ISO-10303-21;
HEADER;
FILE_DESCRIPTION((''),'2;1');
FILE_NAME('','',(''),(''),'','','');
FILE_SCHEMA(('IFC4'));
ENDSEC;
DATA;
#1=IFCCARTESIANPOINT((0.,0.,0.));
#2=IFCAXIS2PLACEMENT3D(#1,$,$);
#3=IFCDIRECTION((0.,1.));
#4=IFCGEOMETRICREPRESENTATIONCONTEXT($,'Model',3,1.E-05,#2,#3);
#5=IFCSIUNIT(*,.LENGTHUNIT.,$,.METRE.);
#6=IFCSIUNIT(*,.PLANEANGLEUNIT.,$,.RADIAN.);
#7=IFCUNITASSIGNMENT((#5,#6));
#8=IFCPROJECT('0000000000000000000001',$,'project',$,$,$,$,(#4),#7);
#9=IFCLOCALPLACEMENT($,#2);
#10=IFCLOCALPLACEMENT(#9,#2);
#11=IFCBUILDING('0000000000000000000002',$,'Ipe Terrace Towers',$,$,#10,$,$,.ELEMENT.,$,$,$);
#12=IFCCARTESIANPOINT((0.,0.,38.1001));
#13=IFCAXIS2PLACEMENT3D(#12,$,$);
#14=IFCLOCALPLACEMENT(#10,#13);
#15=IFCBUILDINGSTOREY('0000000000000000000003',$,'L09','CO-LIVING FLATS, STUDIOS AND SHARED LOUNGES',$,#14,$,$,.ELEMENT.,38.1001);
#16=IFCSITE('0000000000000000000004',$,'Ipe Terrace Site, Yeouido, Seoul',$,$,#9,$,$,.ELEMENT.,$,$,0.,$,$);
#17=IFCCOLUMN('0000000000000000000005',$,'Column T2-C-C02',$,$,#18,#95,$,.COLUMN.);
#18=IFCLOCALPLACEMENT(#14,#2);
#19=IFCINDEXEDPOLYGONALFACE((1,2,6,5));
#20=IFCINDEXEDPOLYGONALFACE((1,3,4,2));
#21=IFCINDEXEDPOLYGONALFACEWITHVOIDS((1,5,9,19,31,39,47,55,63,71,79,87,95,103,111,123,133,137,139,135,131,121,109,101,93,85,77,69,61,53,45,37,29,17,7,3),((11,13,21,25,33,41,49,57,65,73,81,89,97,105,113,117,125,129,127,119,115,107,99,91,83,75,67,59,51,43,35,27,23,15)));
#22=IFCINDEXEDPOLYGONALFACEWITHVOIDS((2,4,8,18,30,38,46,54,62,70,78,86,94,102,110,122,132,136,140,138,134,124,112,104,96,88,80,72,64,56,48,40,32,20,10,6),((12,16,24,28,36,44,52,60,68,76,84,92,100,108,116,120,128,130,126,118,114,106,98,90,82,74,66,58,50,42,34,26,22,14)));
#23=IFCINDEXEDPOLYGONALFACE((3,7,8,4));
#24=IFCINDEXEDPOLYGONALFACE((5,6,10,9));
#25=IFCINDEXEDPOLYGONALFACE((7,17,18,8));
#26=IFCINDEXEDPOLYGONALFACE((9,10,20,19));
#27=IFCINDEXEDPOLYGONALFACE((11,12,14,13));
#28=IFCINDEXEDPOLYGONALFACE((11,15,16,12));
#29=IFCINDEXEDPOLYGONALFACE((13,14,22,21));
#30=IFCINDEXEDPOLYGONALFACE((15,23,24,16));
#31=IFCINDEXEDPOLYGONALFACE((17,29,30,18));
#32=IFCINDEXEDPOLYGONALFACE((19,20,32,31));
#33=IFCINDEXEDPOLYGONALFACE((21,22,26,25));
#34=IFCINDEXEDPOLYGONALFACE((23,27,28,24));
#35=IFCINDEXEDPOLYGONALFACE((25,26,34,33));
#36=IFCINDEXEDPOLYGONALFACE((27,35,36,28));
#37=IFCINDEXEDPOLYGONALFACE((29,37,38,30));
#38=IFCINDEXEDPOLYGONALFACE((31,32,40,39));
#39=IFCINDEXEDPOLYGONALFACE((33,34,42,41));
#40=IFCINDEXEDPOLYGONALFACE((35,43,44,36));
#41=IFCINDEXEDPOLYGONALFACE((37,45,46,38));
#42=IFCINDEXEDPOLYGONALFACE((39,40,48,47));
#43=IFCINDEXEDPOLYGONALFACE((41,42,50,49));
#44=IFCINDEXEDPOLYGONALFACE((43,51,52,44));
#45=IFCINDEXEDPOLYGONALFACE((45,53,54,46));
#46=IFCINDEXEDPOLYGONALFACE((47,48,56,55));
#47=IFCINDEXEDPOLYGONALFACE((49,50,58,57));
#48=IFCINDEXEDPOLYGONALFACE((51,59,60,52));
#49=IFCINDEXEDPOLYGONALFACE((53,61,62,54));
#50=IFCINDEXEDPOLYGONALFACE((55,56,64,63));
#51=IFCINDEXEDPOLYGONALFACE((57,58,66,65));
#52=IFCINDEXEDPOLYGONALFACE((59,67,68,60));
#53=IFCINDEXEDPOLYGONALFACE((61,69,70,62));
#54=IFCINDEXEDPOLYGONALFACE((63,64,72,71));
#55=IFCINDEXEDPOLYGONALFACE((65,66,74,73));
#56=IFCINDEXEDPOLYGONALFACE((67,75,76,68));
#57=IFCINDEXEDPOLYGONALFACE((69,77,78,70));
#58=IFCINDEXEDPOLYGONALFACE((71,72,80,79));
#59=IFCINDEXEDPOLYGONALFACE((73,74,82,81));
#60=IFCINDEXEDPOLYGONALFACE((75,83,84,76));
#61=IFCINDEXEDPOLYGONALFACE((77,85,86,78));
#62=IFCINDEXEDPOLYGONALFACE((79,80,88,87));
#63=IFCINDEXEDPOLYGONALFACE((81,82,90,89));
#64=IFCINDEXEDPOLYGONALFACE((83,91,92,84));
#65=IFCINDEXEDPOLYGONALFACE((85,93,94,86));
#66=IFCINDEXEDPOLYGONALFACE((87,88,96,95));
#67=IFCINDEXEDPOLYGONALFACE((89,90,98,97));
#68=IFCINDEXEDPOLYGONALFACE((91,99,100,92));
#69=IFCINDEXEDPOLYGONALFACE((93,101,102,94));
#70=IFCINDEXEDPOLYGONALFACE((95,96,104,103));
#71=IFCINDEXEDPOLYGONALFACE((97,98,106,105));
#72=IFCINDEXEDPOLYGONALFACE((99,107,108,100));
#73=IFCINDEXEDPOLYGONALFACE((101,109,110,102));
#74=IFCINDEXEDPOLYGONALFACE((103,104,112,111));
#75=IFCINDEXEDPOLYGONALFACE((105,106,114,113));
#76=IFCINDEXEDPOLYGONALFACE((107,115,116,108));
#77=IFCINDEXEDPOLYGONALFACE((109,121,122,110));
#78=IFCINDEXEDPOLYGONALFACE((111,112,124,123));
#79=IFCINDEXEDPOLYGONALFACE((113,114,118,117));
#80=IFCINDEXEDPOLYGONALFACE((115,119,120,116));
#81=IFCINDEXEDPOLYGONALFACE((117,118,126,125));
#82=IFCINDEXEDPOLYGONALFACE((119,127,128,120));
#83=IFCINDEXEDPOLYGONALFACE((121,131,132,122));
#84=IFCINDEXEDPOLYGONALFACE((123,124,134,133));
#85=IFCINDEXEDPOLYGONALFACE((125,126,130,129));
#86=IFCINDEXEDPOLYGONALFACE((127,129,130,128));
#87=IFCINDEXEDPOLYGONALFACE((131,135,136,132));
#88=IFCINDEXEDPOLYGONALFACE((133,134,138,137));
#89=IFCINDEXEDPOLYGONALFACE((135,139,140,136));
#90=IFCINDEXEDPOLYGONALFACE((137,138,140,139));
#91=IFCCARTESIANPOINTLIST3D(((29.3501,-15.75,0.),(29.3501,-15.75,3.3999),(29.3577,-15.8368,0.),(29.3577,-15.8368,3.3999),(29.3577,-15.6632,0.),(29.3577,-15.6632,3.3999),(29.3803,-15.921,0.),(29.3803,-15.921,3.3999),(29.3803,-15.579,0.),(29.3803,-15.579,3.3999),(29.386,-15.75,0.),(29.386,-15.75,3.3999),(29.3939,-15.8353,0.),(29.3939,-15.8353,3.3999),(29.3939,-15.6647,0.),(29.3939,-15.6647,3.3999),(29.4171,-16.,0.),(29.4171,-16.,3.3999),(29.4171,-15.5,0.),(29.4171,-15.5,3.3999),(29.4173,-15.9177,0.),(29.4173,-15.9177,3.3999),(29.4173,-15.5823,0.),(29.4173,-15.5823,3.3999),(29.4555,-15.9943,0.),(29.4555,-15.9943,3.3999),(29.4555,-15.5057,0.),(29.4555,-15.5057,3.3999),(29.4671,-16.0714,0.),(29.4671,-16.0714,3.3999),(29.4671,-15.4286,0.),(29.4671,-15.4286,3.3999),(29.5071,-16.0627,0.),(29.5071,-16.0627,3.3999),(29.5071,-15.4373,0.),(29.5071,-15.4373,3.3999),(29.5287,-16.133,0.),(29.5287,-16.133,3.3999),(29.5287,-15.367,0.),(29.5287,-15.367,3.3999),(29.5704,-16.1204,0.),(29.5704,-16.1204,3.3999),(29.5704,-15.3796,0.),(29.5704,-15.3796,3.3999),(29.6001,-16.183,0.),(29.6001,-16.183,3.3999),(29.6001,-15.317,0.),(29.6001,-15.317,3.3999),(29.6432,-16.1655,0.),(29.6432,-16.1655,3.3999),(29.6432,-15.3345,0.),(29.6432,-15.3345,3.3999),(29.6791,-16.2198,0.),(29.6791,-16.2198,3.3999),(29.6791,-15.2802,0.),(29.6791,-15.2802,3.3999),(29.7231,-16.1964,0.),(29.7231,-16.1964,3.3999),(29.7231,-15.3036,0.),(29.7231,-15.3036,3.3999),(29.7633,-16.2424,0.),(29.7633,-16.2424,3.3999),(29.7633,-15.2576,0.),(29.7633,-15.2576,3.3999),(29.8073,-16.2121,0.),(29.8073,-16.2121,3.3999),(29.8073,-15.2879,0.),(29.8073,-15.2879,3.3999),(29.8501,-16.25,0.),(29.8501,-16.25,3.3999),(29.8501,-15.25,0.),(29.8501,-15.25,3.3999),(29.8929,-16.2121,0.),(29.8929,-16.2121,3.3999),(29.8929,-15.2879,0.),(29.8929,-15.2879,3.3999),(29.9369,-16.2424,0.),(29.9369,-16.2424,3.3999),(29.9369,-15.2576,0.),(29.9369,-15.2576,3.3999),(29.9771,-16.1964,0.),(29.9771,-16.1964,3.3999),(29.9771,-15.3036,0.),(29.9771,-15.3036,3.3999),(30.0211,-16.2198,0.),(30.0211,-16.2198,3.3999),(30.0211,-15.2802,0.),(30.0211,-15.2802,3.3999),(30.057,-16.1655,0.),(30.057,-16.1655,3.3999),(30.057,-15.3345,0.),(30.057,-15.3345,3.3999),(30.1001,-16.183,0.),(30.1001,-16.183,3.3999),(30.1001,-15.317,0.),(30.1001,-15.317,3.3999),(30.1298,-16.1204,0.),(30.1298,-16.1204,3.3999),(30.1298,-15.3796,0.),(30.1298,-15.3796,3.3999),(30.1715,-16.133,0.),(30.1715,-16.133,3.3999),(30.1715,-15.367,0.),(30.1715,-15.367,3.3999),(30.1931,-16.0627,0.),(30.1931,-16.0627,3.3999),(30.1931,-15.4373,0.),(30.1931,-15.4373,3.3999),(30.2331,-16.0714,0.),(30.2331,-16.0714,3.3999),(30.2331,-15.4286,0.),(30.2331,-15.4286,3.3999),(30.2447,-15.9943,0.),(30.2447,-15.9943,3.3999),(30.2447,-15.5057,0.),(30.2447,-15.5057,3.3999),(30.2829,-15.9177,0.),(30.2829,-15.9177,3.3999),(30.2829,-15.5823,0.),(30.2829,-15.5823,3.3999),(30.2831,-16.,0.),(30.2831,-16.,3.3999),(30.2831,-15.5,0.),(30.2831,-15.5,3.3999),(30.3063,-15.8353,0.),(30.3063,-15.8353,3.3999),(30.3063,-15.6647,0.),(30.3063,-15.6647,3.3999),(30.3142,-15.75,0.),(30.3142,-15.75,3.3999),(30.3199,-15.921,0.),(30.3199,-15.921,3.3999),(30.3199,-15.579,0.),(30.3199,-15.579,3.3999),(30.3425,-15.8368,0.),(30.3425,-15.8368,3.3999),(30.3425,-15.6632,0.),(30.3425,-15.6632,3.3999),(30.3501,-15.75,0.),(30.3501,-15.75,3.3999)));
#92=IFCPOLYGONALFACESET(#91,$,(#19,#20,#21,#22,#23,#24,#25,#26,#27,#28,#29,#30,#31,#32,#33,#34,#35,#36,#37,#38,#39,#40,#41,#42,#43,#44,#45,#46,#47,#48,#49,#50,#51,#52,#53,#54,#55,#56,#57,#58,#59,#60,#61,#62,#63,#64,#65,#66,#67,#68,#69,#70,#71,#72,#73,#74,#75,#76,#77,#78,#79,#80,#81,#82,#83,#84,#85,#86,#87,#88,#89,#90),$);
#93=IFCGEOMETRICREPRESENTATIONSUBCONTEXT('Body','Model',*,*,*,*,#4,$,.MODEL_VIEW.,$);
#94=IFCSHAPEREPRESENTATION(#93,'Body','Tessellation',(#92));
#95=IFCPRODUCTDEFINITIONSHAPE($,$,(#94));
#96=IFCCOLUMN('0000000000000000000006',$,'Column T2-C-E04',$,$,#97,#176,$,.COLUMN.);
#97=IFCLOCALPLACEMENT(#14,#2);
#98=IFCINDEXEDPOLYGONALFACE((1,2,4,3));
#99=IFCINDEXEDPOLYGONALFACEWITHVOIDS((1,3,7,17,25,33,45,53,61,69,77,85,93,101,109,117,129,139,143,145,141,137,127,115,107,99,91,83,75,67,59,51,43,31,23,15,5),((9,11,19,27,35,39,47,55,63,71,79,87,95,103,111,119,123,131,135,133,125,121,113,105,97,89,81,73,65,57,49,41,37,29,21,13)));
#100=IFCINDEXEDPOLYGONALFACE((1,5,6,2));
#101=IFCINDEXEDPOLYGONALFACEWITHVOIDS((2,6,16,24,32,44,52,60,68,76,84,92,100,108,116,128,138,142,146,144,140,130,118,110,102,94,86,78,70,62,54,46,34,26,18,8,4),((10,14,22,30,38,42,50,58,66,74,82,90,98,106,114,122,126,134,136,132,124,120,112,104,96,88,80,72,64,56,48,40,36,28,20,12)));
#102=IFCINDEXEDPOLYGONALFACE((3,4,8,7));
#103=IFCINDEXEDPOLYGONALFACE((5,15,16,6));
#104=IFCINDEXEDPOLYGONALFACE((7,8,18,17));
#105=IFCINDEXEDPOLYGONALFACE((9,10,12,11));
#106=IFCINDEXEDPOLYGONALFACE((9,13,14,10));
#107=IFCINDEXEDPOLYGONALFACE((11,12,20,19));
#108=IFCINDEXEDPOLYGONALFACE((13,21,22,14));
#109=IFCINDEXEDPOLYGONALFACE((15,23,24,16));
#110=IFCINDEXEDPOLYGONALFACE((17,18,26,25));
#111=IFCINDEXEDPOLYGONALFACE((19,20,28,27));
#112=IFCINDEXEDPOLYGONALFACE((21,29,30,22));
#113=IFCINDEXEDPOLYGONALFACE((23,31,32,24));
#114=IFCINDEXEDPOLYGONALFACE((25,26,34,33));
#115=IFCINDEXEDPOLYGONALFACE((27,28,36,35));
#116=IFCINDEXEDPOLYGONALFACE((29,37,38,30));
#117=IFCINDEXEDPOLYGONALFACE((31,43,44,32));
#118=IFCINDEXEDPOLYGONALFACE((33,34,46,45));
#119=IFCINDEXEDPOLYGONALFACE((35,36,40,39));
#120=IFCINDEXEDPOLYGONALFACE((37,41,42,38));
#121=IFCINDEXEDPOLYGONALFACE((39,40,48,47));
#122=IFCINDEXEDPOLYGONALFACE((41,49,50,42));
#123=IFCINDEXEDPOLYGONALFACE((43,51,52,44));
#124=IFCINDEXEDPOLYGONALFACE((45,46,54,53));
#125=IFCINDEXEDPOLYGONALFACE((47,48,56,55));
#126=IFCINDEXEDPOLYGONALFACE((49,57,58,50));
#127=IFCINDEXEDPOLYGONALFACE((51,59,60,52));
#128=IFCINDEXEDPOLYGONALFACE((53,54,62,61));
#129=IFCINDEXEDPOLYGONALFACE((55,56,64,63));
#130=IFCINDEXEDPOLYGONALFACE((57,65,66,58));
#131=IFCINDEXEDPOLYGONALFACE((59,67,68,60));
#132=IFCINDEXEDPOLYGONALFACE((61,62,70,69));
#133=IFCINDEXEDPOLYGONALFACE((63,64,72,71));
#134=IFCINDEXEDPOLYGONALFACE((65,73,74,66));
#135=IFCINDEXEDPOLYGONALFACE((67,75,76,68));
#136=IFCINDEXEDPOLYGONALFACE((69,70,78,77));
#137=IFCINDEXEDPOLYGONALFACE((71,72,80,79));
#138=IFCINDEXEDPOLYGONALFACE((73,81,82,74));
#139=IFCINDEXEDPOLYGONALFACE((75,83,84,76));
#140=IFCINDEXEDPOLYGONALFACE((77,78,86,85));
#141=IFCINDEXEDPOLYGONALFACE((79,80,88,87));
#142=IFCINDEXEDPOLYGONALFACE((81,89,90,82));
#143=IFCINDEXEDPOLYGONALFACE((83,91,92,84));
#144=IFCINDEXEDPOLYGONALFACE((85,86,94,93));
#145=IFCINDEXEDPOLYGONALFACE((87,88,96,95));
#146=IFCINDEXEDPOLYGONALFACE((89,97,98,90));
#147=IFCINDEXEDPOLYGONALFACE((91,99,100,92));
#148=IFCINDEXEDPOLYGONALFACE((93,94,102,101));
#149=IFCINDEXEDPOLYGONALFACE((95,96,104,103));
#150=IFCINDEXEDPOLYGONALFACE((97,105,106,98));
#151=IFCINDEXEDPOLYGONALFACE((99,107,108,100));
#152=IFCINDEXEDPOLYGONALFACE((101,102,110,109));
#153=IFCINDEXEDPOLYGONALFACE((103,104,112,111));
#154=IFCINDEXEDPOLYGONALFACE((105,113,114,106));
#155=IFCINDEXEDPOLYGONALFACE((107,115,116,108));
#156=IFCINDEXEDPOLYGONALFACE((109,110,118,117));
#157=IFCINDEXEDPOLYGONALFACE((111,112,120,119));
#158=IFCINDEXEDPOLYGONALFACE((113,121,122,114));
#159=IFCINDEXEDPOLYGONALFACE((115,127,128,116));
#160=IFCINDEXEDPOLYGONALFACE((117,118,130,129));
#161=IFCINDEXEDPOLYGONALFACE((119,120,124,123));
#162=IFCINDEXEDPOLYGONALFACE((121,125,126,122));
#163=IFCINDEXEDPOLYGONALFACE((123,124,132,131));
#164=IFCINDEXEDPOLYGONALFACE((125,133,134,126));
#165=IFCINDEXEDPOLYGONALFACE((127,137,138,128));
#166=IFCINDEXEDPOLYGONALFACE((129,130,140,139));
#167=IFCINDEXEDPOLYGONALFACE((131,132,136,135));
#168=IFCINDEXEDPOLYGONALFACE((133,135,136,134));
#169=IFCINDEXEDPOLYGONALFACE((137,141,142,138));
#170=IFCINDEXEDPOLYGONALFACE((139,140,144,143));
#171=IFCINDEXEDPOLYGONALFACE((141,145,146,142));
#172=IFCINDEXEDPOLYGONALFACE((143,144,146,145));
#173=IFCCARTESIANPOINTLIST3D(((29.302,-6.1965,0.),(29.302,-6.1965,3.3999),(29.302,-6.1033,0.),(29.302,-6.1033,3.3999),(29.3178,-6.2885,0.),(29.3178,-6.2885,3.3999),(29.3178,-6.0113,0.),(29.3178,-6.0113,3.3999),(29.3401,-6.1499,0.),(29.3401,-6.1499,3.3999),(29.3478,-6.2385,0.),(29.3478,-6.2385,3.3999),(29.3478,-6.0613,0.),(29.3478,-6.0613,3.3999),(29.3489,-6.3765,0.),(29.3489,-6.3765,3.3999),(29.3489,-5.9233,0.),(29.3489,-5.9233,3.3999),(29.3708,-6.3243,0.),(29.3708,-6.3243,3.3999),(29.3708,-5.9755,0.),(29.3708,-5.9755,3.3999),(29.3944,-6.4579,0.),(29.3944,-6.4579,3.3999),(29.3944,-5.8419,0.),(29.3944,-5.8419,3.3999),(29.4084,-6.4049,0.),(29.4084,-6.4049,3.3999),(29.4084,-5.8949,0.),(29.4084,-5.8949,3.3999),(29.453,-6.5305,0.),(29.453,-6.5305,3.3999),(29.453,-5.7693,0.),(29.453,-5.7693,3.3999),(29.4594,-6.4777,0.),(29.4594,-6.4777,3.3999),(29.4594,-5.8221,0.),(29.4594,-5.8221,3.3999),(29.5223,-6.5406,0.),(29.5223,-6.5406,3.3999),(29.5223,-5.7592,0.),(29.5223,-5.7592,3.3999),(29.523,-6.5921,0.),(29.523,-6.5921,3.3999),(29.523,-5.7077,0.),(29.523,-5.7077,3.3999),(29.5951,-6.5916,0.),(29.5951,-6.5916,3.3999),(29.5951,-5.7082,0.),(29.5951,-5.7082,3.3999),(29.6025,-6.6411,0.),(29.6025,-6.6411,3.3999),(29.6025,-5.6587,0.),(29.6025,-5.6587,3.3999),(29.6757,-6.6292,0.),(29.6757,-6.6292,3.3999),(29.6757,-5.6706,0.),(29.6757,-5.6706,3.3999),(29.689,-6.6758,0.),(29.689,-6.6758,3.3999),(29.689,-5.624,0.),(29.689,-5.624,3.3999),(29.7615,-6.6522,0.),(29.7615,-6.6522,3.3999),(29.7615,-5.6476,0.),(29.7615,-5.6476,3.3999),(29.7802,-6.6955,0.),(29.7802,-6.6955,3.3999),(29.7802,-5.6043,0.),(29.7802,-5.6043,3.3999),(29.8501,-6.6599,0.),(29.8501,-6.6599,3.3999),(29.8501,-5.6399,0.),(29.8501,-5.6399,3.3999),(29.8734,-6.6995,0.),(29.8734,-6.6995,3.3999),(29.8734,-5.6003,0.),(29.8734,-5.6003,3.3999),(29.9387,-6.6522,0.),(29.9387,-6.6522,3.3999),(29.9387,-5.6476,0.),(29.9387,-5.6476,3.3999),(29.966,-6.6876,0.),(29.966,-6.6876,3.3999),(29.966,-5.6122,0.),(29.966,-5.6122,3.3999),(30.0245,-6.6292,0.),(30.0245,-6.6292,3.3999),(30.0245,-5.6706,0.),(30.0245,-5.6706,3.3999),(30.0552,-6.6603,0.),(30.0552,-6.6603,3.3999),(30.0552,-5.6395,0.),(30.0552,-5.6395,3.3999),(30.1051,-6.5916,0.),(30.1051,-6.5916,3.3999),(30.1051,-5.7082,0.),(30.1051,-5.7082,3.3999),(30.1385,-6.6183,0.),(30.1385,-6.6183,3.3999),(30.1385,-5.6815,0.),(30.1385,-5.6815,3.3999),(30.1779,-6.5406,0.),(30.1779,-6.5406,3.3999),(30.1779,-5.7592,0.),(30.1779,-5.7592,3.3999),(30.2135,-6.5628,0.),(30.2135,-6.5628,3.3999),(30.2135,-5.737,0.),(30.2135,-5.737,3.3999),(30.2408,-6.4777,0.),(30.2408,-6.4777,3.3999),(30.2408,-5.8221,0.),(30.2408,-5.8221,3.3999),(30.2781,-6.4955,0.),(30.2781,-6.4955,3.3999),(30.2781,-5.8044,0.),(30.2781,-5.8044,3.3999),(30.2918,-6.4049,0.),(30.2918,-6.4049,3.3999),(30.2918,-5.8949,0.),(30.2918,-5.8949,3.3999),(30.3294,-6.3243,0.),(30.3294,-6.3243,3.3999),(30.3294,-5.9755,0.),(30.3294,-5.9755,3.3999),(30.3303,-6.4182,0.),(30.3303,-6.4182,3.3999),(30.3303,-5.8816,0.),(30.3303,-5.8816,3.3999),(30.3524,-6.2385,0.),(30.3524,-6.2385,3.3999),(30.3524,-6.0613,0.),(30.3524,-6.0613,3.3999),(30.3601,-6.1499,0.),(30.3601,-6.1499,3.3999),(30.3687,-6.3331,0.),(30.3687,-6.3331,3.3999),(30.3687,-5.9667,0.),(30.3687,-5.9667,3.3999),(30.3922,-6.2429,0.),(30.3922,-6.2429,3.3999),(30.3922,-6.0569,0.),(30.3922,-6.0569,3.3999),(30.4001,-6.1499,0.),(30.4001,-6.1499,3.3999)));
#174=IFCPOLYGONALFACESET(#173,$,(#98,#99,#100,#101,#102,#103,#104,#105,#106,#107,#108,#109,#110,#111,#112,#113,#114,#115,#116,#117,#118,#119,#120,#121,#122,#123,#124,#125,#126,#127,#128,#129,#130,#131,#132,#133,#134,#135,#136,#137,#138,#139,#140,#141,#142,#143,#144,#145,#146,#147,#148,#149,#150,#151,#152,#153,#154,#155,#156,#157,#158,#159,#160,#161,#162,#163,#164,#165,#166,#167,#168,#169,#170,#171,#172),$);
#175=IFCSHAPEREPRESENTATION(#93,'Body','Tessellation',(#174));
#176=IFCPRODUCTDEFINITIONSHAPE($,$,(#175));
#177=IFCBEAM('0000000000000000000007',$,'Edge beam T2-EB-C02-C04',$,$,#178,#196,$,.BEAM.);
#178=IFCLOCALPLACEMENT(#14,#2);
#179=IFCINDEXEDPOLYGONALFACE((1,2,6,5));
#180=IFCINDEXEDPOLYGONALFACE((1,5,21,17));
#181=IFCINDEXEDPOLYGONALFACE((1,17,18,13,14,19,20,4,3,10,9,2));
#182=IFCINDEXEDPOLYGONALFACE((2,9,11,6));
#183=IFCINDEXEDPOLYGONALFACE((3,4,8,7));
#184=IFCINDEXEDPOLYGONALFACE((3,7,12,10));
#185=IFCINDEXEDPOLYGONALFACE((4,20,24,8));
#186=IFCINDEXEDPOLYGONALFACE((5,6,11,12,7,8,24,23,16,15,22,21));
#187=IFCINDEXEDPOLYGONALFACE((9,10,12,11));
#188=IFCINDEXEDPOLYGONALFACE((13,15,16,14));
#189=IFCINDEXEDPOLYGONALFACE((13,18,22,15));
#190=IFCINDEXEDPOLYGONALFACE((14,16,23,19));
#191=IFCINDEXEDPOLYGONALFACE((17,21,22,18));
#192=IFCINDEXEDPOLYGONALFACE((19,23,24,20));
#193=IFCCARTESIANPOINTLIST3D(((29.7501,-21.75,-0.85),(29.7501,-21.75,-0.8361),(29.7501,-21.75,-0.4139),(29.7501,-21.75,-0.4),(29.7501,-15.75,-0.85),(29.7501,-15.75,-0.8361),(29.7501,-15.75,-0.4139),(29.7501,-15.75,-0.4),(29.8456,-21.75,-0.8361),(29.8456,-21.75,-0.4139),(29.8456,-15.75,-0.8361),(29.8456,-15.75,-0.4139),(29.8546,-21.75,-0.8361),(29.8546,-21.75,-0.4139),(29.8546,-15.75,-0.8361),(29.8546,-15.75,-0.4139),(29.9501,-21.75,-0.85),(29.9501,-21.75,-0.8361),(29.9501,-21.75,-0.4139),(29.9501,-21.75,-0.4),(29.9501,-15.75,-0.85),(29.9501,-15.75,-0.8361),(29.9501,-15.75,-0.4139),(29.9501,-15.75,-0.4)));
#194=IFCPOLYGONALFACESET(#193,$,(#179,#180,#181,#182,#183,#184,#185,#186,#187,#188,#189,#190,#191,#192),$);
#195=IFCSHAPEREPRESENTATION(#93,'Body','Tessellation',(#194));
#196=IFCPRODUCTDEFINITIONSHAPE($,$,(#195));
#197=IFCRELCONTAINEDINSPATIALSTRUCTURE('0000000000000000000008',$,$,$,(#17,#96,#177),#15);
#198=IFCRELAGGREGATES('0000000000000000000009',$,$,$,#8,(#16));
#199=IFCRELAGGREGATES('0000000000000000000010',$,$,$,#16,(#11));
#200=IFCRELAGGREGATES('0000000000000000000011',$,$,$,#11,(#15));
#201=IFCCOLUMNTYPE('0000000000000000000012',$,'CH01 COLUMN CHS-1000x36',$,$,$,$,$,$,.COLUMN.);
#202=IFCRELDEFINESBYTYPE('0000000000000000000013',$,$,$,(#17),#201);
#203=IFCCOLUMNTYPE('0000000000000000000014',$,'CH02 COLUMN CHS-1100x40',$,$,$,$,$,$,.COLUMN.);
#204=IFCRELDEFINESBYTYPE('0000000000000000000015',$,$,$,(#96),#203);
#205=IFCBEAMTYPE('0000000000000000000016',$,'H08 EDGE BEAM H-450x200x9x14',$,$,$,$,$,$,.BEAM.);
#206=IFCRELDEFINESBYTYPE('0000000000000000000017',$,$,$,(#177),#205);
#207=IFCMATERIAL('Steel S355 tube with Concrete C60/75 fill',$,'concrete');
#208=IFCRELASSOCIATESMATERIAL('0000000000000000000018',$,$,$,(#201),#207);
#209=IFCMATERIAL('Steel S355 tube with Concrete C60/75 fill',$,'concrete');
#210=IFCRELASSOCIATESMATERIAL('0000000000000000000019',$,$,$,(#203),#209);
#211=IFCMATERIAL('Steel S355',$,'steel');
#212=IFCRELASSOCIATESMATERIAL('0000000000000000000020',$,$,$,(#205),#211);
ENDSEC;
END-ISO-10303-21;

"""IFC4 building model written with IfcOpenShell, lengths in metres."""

from ifc_helpers import new_model, si_unit, direction, frame, origin, origin_2d, place, context, subcontext, project, spatial, hollow_circle, i_section, extrude, material, material_profile, profile_set, type_object, element, save


model = new_model("IFC4")

# Units and contexts
model_context = context("Model", 3, precision=1e-05, world=origin(), true_north=direction((0.0, 1.0)))
body_context = subcontext(model_context, "Body", "Model", "MODEL_VIEW")
ifc_project = project(units=[si_unit("LENGTHUNIT", "METRE"), si_unit("PLANEANGLEUNIT", "RADIAN")], contexts=[model_context])

# Site, building, storey
site_placement = place(None, origin())
site = spatial("IfcSite", under=ifc_project, at=site_placement, Name="Ipe Terrace Site, Yeouido, Seoul", CompositionType="ELEMENT", RefElevation=0.0)
building_placement = place(site_placement, origin())
building = spatial("IfcBuilding", under=site, at=building_placement, Name="Ipe Terrace Towers", CompositionType="ELEMENT")
storey_placement = place(building_placement, frame((0.0, 0.0, 38.1001)))
storey = spatial("IfcBuildingStorey", under=building, at=storey_placement, Name="L09", Description="CO-LIVING FLATS, STUDIOS AND SHARED LOUNGES", CompositionType="ELEMENT", Elevation=38.1001)

# Columns
ifc_material_1 = material(Name="Steel S355 tube with Concrete C60/75 fill", Category="concrete")
ifc_material_profile_1 = material_profile(ifc_material_1, hollow_circle(Radius=0.5, WallThickness=0.0359, at=origin_2d()), Name="CHS-1000x36")
ifc_profile_set_1 = profile_set([ifc_material_profile_1], Name="Steel S355 tube with Concrete C60/75 fill")
column_type_1 = type_object("IfcColumnType", Name="CH01 COLUMN CHS-1000x36", PredefinedType="COLUMN", material=ifc_profile_set_1)
column_1_placement = place(storey_placement, frame((29.8501, -15.75, 0.0), z_axis=(0.0, 0.0, 1.0), x_axis=(1.0, 0.0, 0.0)))
element("IfcColumn", 1, at=column_1_placement, inside=storey, type_object=column_type_1, Name="Column T2-C-C02", PredefinedType="COLUMN", context=body_context, shape_type="SweptSolid", body=[
    extrude(hollow_circle(Radius=0.5, WallThickness=0.0359, at=origin_2d()), origin(), (0.0, 0.0, 1.0), 3.3999),
])
ifc_material_2 = material(Name="Steel S355 tube with Concrete C60/75 fill", Category="concrete")
ifc_material_profile_2 = material_profile(ifc_material_2, hollow_circle(Radius=0.55, WallThickness=0.04, at=origin_2d()), Name="CHS-1100x40")
ifc_profile_set_2 = profile_set([ifc_material_profile_2], Name="Steel S355 tube with Concrete C60/75 fill")
column_type_2 = type_object("IfcColumnType", Name="CH02 COLUMN CHS-1100x40", PredefinedType="COLUMN", material=ifc_profile_set_2)
column_2_placement = place(storey_placement, frame((29.8501, -6.1499, 0.0), z_axis=(0.0, 0.0, 1.0), x_axis=(1.0, 0.0, 0.0)))
element("IfcColumn", 2, at=column_2_placement, inside=storey, type_object=column_type_2, Name="Column T2-C-E04", PredefinedType="COLUMN", context=body_context, shape_type="SweptSolid", body=[
    extrude(hollow_circle(Radius=0.55, WallThickness=0.04, at=origin_2d()), origin(), (0.0, 0.0, 1.0), 3.3999),
])

# Beam
ifc_material_3 = material(Name="Steel S355", Category="steel")
ifc_material_profile_3 = material_profile(ifc_material_3, i_section(OverallWidth=0.2, OverallDepth=0.45, WebThickness=0.009, FlangeThickness=0.0139, at=origin_2d()), Name="H-450x200x9x14")
ifc_profile_set_3 = profile_set([ifc_material_profile_3], Name="Steel S355")
beam_type = type_object("IfcBeamType", Name="H08 EDGE BEAM H-450x200x9x14", PredefinedType="BEAM", material=ifc_profile_set_3)
beam_placement = place(storey_placement, frame((29.8501, -15.75, -0.625), z_axis=(0.0, -1.0, 0.0), x_axis=(1.0, 0.0, 0.0)))
element("IfcBeam", 3, at=beam_placement, inside=storey, type_object=beam_type, Name="Edge beam T2-EB-C02-C04", PredefinedType="BEAM", context=body_context, shape_type="SweptSolid", body=[
    extrude(i_section(OverallWidth=0.2, OverallDepth=0.45, WebThickness=0.009, FlangeThickness=0.0139, at=origin_2d()), origin(), (0.0, 0.0, 1.0), 6.0),
])

save(model, "model.ifc")
